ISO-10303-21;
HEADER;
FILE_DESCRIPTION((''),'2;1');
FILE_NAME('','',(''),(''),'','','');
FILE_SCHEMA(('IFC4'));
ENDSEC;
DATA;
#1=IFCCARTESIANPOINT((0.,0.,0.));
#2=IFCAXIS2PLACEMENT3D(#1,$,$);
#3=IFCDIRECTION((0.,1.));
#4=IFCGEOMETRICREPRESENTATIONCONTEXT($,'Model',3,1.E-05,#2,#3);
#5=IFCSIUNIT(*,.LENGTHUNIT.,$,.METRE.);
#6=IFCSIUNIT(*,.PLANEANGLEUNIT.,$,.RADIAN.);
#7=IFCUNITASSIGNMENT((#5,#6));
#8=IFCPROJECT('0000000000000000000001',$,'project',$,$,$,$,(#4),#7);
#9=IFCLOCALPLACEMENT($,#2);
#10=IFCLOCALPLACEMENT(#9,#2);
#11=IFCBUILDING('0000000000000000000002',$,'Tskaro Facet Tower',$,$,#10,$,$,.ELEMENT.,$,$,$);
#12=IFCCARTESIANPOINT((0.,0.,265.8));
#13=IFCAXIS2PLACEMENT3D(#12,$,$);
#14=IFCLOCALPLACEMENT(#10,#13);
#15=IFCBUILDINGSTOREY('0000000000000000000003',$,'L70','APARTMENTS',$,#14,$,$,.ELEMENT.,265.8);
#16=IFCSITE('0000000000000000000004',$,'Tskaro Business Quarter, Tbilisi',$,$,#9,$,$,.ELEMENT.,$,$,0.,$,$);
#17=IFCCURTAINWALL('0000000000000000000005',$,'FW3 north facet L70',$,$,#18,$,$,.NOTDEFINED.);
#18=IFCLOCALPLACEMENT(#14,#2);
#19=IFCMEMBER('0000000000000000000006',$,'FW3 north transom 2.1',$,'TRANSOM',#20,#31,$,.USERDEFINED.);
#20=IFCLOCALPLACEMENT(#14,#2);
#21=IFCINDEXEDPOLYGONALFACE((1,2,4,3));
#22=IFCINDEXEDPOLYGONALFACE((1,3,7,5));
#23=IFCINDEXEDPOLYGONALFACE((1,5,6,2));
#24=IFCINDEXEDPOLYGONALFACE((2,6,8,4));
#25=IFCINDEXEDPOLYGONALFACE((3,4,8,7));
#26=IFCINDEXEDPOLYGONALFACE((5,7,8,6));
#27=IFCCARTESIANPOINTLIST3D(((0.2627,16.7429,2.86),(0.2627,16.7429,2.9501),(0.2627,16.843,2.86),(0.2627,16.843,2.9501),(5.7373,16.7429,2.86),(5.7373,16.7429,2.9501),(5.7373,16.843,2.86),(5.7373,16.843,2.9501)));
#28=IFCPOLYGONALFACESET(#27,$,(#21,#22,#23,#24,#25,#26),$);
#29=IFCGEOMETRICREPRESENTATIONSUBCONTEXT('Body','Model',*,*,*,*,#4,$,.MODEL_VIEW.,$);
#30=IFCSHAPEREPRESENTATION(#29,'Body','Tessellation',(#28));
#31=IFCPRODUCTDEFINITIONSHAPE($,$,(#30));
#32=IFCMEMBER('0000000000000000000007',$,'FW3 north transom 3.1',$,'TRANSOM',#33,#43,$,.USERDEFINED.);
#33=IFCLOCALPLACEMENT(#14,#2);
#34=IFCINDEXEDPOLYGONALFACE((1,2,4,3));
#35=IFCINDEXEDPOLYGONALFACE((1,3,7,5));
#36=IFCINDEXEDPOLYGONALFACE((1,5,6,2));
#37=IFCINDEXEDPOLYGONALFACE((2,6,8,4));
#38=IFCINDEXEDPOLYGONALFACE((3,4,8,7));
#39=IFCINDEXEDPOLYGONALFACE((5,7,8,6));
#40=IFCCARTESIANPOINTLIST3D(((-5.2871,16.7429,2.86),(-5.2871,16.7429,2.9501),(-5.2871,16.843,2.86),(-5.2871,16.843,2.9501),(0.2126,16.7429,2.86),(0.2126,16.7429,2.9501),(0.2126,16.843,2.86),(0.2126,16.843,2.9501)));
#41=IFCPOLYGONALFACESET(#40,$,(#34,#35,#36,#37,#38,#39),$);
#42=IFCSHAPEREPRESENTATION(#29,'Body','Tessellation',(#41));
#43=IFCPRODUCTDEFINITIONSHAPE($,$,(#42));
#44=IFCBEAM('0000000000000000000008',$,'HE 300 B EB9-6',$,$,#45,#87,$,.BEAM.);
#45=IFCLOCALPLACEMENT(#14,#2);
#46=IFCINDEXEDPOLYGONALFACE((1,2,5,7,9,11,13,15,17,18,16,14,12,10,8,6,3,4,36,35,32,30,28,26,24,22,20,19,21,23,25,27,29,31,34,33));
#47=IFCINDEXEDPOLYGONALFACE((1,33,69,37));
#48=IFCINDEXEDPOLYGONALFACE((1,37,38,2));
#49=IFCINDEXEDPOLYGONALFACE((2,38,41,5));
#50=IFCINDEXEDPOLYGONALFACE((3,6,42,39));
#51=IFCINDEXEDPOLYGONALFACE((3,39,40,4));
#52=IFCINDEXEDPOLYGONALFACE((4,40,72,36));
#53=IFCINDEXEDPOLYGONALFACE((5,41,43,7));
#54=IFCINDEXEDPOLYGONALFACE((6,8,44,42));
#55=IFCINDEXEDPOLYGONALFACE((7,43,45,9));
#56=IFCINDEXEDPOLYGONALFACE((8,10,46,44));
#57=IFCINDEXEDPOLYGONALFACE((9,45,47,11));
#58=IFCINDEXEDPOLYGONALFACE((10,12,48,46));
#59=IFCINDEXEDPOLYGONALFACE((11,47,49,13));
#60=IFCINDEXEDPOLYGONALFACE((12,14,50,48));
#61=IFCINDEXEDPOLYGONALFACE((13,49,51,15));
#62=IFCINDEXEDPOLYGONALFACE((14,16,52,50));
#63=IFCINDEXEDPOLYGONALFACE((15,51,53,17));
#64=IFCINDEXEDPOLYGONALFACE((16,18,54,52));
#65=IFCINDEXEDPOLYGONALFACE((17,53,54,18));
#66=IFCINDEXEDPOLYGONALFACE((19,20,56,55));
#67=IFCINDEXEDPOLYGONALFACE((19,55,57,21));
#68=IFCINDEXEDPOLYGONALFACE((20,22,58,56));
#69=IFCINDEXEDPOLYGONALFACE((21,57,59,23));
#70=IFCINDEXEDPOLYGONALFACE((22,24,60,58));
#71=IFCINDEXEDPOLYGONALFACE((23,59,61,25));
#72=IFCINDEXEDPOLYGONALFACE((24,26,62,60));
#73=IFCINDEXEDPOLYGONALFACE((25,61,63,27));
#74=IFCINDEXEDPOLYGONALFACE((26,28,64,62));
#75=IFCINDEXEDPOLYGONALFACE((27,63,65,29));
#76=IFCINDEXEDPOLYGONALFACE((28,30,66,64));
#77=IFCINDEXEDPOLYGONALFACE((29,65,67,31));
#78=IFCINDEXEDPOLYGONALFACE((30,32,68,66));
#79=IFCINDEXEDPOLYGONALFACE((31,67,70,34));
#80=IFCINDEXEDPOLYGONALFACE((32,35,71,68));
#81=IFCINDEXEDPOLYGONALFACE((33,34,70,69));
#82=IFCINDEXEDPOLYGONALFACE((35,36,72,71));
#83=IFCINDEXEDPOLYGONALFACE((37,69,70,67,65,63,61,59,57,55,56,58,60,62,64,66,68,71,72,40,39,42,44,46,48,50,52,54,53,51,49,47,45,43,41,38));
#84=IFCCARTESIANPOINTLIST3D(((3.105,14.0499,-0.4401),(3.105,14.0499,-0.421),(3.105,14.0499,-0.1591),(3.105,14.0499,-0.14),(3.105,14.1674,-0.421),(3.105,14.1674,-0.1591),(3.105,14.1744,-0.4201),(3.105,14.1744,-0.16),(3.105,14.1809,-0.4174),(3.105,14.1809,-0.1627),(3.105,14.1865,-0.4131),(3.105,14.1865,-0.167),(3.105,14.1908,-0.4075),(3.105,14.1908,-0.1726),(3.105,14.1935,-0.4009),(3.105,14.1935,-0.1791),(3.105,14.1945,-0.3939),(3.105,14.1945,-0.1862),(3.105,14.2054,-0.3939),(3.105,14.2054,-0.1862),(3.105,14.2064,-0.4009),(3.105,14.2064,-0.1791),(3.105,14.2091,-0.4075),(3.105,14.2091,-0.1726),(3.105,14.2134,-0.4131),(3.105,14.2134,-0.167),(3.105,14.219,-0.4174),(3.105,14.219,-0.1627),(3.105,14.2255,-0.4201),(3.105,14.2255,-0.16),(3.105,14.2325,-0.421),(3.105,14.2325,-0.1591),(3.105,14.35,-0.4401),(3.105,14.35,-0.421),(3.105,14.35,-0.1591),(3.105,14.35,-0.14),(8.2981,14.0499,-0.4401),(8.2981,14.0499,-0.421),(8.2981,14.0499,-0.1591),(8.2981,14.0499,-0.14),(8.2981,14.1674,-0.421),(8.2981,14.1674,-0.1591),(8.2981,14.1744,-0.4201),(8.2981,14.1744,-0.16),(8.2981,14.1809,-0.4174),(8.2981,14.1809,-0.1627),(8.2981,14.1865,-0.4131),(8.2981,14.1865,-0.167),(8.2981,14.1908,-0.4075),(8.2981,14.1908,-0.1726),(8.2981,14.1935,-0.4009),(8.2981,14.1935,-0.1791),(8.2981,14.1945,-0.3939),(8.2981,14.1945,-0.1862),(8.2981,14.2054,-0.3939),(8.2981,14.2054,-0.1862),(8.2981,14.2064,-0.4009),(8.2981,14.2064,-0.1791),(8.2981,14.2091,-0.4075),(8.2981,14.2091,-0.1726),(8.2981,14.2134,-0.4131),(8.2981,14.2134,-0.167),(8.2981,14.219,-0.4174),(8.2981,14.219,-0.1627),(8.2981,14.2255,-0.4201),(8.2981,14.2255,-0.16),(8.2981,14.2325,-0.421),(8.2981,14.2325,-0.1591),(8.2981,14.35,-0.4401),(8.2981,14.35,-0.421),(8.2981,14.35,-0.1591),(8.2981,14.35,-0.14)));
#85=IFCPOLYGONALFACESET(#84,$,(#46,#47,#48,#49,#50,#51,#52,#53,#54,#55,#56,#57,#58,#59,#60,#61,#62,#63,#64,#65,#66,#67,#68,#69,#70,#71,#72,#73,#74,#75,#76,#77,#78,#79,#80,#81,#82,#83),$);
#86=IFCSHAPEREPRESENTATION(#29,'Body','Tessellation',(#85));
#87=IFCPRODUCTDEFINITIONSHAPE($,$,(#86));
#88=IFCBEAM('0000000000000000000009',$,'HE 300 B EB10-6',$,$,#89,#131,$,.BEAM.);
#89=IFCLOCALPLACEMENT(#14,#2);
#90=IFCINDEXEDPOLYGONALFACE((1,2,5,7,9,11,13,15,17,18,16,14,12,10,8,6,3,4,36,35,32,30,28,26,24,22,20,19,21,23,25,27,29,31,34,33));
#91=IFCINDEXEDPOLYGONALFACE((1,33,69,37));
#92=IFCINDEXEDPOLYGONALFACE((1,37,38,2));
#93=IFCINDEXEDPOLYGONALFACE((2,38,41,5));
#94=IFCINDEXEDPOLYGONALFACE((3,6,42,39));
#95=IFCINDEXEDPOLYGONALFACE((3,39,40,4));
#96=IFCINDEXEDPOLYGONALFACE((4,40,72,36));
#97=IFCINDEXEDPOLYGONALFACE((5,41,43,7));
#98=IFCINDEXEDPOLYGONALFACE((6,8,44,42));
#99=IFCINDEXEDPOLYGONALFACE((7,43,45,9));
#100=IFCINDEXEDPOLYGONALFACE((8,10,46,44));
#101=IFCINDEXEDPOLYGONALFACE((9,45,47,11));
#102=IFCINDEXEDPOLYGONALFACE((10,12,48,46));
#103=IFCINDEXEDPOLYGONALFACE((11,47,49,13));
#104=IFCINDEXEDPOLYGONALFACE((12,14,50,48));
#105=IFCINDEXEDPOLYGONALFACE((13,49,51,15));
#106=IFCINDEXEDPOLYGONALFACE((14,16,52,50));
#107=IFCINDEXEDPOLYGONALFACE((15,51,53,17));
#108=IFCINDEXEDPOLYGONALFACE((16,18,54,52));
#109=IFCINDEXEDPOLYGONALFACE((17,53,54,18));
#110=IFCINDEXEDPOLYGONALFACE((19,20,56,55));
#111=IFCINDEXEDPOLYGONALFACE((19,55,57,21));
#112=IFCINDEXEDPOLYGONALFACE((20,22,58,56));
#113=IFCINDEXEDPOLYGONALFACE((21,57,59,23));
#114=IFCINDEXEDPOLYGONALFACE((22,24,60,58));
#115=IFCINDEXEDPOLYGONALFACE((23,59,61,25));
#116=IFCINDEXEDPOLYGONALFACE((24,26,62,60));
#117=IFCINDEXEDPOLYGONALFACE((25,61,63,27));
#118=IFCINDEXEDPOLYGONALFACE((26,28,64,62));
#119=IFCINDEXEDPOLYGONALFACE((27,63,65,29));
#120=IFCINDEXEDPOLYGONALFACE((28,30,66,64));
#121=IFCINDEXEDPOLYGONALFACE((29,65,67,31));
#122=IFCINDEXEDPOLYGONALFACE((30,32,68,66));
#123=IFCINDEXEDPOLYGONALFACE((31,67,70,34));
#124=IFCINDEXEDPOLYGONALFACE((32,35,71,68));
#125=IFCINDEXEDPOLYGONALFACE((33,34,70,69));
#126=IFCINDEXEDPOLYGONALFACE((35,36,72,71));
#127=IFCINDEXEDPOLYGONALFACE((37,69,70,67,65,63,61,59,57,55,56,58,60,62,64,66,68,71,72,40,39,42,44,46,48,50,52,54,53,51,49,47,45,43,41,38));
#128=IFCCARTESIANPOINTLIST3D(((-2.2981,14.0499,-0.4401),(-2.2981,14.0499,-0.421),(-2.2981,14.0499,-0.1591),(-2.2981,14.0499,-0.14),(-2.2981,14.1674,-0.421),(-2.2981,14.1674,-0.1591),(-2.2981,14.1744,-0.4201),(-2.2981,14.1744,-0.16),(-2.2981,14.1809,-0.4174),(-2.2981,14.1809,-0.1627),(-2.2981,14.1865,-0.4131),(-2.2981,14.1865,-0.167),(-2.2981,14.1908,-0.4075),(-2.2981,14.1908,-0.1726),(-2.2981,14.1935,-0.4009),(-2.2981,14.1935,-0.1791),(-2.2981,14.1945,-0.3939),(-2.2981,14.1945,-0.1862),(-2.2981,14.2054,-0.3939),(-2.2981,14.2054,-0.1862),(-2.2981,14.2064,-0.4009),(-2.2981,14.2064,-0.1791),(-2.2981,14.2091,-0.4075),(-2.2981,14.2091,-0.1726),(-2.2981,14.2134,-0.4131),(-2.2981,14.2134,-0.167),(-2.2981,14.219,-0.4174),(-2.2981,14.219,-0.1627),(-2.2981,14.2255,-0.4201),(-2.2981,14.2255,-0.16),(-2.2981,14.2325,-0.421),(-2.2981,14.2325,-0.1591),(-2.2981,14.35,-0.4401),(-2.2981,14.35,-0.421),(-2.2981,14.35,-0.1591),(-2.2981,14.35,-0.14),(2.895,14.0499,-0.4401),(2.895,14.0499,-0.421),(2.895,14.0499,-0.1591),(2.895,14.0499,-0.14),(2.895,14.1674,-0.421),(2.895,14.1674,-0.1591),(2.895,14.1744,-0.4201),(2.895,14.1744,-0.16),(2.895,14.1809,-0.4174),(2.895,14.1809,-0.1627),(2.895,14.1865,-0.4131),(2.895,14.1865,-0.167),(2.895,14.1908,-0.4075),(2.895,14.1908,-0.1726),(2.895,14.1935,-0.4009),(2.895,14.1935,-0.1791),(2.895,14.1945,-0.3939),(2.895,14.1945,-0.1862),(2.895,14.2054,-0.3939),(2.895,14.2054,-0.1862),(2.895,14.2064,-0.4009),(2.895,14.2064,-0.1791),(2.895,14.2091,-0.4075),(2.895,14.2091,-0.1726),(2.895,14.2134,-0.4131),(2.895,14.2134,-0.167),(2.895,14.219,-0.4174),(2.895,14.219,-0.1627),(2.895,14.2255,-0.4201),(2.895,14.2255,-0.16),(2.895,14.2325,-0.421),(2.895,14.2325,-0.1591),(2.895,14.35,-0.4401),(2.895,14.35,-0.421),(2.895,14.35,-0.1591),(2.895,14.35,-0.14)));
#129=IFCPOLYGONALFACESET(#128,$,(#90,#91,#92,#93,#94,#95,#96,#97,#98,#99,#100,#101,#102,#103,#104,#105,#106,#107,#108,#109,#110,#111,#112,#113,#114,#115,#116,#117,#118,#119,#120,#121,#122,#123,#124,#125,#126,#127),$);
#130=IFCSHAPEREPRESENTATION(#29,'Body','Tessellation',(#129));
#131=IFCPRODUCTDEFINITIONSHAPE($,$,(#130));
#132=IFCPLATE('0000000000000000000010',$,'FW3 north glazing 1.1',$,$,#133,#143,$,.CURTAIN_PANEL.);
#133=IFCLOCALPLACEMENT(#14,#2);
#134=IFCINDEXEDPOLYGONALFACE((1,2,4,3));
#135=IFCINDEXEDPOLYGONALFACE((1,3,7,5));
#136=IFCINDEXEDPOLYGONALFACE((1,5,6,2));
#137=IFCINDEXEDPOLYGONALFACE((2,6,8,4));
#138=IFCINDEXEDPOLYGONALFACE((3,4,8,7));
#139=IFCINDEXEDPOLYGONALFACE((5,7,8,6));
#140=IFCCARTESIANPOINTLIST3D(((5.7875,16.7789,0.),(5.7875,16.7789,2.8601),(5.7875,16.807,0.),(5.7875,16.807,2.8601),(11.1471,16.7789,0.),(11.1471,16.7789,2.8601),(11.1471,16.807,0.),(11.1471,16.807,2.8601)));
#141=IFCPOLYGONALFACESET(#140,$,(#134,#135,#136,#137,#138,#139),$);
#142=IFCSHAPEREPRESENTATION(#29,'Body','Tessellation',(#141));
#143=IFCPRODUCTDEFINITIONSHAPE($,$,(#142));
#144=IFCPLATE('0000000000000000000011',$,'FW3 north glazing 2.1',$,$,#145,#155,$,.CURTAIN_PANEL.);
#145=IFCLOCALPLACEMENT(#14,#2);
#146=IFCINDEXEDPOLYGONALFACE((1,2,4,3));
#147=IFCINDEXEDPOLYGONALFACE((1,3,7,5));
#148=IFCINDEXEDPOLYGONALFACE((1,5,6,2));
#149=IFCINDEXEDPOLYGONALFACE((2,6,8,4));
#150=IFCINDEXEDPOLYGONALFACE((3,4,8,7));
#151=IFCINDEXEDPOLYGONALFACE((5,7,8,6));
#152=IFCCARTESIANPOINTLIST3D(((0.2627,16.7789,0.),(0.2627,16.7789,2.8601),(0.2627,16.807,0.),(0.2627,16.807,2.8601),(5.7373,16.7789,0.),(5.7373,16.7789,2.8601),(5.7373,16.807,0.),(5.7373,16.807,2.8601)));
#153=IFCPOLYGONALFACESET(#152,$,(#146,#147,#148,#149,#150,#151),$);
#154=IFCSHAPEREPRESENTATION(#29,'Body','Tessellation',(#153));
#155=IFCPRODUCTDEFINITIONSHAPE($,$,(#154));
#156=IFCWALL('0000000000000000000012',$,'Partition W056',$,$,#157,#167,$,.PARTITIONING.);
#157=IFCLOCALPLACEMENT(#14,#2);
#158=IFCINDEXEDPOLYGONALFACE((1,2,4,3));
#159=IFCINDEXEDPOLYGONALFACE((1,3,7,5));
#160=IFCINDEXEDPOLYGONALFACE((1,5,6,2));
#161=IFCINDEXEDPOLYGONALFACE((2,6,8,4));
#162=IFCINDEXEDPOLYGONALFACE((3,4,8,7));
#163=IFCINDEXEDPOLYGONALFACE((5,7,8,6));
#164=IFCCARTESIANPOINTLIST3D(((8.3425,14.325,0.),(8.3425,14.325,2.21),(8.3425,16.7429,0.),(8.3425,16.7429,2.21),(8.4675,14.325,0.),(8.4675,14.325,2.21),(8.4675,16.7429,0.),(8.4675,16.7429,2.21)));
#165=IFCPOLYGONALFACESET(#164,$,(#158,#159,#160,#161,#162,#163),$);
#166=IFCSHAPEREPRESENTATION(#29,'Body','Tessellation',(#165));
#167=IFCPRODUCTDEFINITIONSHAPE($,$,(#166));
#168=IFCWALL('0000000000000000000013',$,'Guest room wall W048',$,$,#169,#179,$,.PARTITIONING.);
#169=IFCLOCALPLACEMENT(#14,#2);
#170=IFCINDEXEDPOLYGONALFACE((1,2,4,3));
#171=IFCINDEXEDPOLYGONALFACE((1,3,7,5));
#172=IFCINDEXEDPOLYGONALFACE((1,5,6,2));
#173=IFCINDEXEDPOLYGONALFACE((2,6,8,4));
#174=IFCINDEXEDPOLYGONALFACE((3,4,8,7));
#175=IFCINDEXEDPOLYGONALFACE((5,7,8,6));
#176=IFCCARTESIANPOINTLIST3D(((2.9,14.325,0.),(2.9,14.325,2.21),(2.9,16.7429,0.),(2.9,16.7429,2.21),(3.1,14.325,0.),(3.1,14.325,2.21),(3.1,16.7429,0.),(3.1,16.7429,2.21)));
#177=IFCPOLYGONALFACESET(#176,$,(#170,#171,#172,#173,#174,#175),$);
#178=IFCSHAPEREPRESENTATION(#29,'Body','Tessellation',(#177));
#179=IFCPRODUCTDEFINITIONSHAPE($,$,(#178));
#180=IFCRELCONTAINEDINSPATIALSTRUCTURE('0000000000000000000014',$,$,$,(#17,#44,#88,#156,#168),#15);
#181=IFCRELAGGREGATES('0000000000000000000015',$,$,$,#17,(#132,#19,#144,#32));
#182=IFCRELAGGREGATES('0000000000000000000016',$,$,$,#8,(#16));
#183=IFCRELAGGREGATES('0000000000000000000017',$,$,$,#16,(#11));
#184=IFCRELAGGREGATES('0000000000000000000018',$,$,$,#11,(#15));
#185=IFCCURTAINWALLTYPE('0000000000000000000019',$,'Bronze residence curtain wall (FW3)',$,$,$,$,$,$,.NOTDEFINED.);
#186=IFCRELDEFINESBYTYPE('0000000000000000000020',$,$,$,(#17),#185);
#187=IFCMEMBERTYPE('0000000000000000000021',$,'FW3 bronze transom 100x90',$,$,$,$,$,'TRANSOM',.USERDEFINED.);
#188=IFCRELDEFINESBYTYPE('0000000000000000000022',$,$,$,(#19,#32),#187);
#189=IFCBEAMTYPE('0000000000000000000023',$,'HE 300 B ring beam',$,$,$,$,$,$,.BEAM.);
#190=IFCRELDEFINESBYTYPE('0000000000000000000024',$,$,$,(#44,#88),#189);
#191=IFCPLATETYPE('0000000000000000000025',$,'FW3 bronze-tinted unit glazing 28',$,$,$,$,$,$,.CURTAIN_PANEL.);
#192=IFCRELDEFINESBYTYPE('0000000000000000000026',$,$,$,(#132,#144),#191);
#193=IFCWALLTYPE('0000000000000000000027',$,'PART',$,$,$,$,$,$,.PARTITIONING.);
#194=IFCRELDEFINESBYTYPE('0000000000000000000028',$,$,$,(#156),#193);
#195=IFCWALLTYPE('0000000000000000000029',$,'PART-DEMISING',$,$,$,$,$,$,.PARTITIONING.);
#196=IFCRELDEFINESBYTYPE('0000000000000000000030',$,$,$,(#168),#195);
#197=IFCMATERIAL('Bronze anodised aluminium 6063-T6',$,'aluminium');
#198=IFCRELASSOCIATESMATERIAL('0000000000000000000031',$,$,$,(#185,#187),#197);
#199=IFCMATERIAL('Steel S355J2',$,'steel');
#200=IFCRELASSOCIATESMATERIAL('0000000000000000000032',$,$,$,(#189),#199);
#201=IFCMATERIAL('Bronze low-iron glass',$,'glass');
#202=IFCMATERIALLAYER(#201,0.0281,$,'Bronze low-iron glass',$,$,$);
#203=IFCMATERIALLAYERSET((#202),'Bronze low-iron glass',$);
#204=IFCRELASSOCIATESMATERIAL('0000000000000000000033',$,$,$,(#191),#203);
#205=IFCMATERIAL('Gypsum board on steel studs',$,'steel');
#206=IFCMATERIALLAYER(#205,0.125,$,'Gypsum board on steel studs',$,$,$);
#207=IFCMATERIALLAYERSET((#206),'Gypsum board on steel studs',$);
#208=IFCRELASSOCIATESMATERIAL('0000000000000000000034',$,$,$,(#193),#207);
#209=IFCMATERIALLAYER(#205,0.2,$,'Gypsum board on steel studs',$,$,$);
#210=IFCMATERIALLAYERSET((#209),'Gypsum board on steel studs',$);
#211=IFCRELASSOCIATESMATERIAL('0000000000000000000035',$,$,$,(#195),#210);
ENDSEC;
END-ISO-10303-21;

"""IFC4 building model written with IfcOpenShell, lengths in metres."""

from ifc_helpers import new_model, si_unit, direction, frame, frame_2d, origin, origin_2d, place, context, subcontext, project, spatial, rectangle, i_section, extrude, material, layer, layer_set, material_profile, profile_set, type_object, element, aggregate, save


model = new_model("IFC4")

# Units and contexts
model_context = context("Model", 3, precision=1e-05, world=origin(), true_north=direction((0.0, 1.0)))
body_context = subcontext(model_context, "Body", "Model", "MODEL_VIEW")
ifc_project = project(units=[si_unit("LENGTHUNIT", "METRE"), si_unit("PLANEANGLEUNIT", "RADIAN")], contexts=[model_context])

# Site, building, storey
site_placement = place(None, origin())
site = spatial("IfcSite", under=ifc_project, at=site_placement, Name="Tskaro Business Quarter, Tbilisi", CompositionType="ELEMENT", RefElevation=0.0)
building_placement = place(site_placement, origin())
building = spatial("IfcBuilding", under=site, at=building_placement, Name="Tskaro Facet Tower", CompositionType="ELEMENT")
storey_placement = place(building_placement, frame((0.0, 0.0, 265.8)))
storey = spatial("IfcBuildingStorey", under=building, at=storey_placement, Name="L70", Description="APARTMENTS", CompositionType="ELEMENT", Elevation=265.8)

# Shared definitions
ifc_material_1 = material(Name="Steel S355J2", Category="steel")

# Curtain wall, members
ifc_material_2 = material(Name="Bronze anodised aluminium 6063-T6", Category="aluminium")
curtain_wall_type = type_object("IfcCurtainWallType", Name="Bronze residence curtain wall (FW3)", PredefinedType="NOTDEFINED", material=ifc_material_2)
curtain_wall_placement = place(storey_placement, origin())
curtain_wall = element("IfcCurtainWall", 1, at=curtain_wall_placement, inside=storey, type_object=curtain_wall_type, Name="FW3 north facet L70", PredefinedType="NOTDEFINED")
ifc_material_profile_1 = material_profile(ifc_material_2, rectangle(XDim=0.1001, YDim=0.0901, at=origin_2d()), Name="Transom 100x90")
ifc_profile_set_1 = profile_set([ifc_material_profile_1], Name="Bronze anodised aluminium 6063-T6")
member_type_1 = type_object("IfcMemberType", Name="FW3 bronze transom 100x90", ElementType="TRANSOM", PredefinedType="USERDEFINED", material=ifc_profile_set_1)
member_1_placement = place(storey_placement, frame((5.7373, 16.793, 2.905), z_axis=(-1.0, 0.0, 0.0), x_axis=(0.0, -1.0, 0.0)))
member_1 = element("IfcMember", 2, at=member_1_placement, type_object=member_type_1, Name="FW3 north transom 2.1", ObjectType="TRANSOM", PredefinedType="USERDEFINED", context=body_context, shape_type="SweptSolid", body=[
    extrude(rectangle(XDim=0.1001, YDim=0.0901, at=origin_2d()), origin(), (0.0, 0.0, 1.0), 5.4746),
])
member_2_placement = place(storey_placement, frame((0.2126, 16.793, 2.905), z_axis=(-1.0, 0.0, 0.0), x_axis=(0.0, -1.0, 0.0)))
member_2 = element("IfcMember", 3, at=member_2_placement, type_object=member_type_1, Name="FW3 north transom 3.1", ObjectType="TRANSOM", PredefinedType="USERDEFINED", context=body_context, shape_type="SweptSolid", body=[
    extrude(rectangle(XDim=0.1001, YDim=0.0901, at=origin_2d()), origin(), (0.0, 0.0, 1.0), 5.4998),
])

# Beams
ifc_material_profile_2 = material_profile(ifc_material_1, i_section(OverallWidth=0.3, OverallDepth=0.3, WebThickness=0.011, FlangeThickness=0.019, FilletRadius=0.0271, at=origin_2d()), Name="HE 300 B")
ifc_profile_set_2 = profile_set([ifc_material_profile_2], Name="Steel S355J2")
beam_type = type_object("IfcBeamType", Name="HE 300 B ring beam", PredefinedType="BEAM", material=ifc_profile_set_2)
for number, where, z_axis, x_axis, name in (
    (4, (8.2981, 14.2, -0.29), (-1.0, 0.0, 0.0), (0.0, -1.0, 0.0), "HE 300 B EB9-6"),
    (5, (2.895, 14.2, -0.29), (-1.0, 0.0, 0.0), (0.0, -1.0, 0.0), "HE 300 B EB10-6"),
):
    element("IfcBeam", number, at=place(storey_placement, frame(where, z_axis=z_axis, x_axis=x_axis)), inside=storey, type_object=beam_type, Name=name, PredefinedType="BEAM", context=body_context, shape_type="SweptSolid", body=[
        extrude(i_section(OverallWidth=0.3, OverallDepth=0.3, WebThickness=0.011, FlangeThickness=0.019, FilletRadius=0.0271, at=origin_2d()), origin(), (0.0, 0.0, 1.0), 5.1931),
    ])

# Plates
ifc_material_3 = material(Name="Bronze low-iron glass", Category="glass")
ifc_layer_1 = layer(ifc_material_3, 0.0281, Name="Bronze low-iron glass")
ifc_layer_set_1 = layer_set([ifc_layer_1], Name="Bronze low-iron glass")
plate_type = type_object("IfcPlateType", Name="FW3 bronze-tinted unit glazing 28", PredefinedType="CURTAIN_PANEL", material=ifc_layer_set_1)
plate_1_placement = place(storey_placement, frame((8.4673, 16.793, 0.0), z_axis=(0.0, 0.0, 1.0), x_axis=(-1.0, 0.0, 0.0)))
plate_1 = element("IfcPlate", 6, at=plate_1_placement, type_object=plate_type, Name="FW3 north glazing 1.1", PredefinedType="CURTAIN_PANEL", context=body_context, shape_type="SweptSolid", body=[
    extrude(rectangle(XDim=5.3596, YDim=0.0281, at=origin_2d()), origin(), (0.0, 0.0, 1.0), 2.8601),
])
plate_2_placement = place(storey_placement, frame((3.0, 16.793, 0.0), z_axis=(0.0, 0.0, 1.0), x_axis=(-1.0, 0.0, 0.0)))
plate_2 = element("IfcPlate", 7, at=plate_2_placement, type_object=plate_type, Name="FW3 north glazing 2.1", PredefinedType="CURTAIN_PANEL", context=body_context, shape_type="SweptSolid", body=[
    extrude(rectangle(XDim=5.4746, YDim=0.0281, at=origin_2d()), origin(), (0.0, 0.0, 1.0), 2.8601),
])
aggregate(curtain_wall, [plate_1, member_1, plate_2, member_2])

# Walls
ifc_material_4 = material(Name="Gypsum board on steel studs", Category="steel")
ifc_layer_2 = layer(ifc_material_4, 0.125, Name="Gypsum board on steel studs")
ifc_layer_set_2 = layer_set([ifc_layer_2], Name="Gypsum board on steel studs")
wall_type_1 = type_object("IfcWallType", Name="PART", PredefinedType="PARTITIONING", material=ifc_layer_set_2)
wall_1_placement = place(storey_placement, frame((8.405, 14.325, 0.0), z_axis=(0.0, 0.0, 1.0), x_axis=(0.0, 1.0, 0.0)))
element("IfcWall", 8, at=wall_1_placement, inside=storey, type_object=wall_type_1, Name="Partition W056", PredefinedType="PARTITIONING", context=body_context, shape_type="SweptSolid", body=[
    extrude(rectangle(XDim=2.418, YDim=0.125, at=frame_2d((1.209, 0.0))), origin(), (0.0, 0.0, 1.0), 2.21),
])
ifc_layer_3 = layer(ifc_material_4, 0.2, Name="Gypsum board on steel studs")
ifc_layer_set_3 = layer_set([ifc_layer_3], Name="Gypsum board on steel studs")
wall_type_2 = type_object("IfcWallType", Name="PART-DEMISING", PredefinedType="PARTITIONING", material=ifc_layer_set_3)
wall_2_placement = place(storey_placement, frame((3.0, 14.325, 0.0), z_axis=(0.0, 0.0, 1.0), x_axis=(0.0, 1.0, 0.0)))
element("IfcWall", 9, at=wall_2_placement, inside=storey, type_object=wall_type_2, Name="Guest room wall W048", PredefinedType="PARTITIONING", context=body_context, shape_type="SweptSolid", body=[
    extrude(rectangle(XDim=2.418, YDim=0.2, at=frame_2d((1.209, 0.0))), origin(), (0.0, 0.0, 1.0), 2.21),
])

save(model, "model.ifc")
